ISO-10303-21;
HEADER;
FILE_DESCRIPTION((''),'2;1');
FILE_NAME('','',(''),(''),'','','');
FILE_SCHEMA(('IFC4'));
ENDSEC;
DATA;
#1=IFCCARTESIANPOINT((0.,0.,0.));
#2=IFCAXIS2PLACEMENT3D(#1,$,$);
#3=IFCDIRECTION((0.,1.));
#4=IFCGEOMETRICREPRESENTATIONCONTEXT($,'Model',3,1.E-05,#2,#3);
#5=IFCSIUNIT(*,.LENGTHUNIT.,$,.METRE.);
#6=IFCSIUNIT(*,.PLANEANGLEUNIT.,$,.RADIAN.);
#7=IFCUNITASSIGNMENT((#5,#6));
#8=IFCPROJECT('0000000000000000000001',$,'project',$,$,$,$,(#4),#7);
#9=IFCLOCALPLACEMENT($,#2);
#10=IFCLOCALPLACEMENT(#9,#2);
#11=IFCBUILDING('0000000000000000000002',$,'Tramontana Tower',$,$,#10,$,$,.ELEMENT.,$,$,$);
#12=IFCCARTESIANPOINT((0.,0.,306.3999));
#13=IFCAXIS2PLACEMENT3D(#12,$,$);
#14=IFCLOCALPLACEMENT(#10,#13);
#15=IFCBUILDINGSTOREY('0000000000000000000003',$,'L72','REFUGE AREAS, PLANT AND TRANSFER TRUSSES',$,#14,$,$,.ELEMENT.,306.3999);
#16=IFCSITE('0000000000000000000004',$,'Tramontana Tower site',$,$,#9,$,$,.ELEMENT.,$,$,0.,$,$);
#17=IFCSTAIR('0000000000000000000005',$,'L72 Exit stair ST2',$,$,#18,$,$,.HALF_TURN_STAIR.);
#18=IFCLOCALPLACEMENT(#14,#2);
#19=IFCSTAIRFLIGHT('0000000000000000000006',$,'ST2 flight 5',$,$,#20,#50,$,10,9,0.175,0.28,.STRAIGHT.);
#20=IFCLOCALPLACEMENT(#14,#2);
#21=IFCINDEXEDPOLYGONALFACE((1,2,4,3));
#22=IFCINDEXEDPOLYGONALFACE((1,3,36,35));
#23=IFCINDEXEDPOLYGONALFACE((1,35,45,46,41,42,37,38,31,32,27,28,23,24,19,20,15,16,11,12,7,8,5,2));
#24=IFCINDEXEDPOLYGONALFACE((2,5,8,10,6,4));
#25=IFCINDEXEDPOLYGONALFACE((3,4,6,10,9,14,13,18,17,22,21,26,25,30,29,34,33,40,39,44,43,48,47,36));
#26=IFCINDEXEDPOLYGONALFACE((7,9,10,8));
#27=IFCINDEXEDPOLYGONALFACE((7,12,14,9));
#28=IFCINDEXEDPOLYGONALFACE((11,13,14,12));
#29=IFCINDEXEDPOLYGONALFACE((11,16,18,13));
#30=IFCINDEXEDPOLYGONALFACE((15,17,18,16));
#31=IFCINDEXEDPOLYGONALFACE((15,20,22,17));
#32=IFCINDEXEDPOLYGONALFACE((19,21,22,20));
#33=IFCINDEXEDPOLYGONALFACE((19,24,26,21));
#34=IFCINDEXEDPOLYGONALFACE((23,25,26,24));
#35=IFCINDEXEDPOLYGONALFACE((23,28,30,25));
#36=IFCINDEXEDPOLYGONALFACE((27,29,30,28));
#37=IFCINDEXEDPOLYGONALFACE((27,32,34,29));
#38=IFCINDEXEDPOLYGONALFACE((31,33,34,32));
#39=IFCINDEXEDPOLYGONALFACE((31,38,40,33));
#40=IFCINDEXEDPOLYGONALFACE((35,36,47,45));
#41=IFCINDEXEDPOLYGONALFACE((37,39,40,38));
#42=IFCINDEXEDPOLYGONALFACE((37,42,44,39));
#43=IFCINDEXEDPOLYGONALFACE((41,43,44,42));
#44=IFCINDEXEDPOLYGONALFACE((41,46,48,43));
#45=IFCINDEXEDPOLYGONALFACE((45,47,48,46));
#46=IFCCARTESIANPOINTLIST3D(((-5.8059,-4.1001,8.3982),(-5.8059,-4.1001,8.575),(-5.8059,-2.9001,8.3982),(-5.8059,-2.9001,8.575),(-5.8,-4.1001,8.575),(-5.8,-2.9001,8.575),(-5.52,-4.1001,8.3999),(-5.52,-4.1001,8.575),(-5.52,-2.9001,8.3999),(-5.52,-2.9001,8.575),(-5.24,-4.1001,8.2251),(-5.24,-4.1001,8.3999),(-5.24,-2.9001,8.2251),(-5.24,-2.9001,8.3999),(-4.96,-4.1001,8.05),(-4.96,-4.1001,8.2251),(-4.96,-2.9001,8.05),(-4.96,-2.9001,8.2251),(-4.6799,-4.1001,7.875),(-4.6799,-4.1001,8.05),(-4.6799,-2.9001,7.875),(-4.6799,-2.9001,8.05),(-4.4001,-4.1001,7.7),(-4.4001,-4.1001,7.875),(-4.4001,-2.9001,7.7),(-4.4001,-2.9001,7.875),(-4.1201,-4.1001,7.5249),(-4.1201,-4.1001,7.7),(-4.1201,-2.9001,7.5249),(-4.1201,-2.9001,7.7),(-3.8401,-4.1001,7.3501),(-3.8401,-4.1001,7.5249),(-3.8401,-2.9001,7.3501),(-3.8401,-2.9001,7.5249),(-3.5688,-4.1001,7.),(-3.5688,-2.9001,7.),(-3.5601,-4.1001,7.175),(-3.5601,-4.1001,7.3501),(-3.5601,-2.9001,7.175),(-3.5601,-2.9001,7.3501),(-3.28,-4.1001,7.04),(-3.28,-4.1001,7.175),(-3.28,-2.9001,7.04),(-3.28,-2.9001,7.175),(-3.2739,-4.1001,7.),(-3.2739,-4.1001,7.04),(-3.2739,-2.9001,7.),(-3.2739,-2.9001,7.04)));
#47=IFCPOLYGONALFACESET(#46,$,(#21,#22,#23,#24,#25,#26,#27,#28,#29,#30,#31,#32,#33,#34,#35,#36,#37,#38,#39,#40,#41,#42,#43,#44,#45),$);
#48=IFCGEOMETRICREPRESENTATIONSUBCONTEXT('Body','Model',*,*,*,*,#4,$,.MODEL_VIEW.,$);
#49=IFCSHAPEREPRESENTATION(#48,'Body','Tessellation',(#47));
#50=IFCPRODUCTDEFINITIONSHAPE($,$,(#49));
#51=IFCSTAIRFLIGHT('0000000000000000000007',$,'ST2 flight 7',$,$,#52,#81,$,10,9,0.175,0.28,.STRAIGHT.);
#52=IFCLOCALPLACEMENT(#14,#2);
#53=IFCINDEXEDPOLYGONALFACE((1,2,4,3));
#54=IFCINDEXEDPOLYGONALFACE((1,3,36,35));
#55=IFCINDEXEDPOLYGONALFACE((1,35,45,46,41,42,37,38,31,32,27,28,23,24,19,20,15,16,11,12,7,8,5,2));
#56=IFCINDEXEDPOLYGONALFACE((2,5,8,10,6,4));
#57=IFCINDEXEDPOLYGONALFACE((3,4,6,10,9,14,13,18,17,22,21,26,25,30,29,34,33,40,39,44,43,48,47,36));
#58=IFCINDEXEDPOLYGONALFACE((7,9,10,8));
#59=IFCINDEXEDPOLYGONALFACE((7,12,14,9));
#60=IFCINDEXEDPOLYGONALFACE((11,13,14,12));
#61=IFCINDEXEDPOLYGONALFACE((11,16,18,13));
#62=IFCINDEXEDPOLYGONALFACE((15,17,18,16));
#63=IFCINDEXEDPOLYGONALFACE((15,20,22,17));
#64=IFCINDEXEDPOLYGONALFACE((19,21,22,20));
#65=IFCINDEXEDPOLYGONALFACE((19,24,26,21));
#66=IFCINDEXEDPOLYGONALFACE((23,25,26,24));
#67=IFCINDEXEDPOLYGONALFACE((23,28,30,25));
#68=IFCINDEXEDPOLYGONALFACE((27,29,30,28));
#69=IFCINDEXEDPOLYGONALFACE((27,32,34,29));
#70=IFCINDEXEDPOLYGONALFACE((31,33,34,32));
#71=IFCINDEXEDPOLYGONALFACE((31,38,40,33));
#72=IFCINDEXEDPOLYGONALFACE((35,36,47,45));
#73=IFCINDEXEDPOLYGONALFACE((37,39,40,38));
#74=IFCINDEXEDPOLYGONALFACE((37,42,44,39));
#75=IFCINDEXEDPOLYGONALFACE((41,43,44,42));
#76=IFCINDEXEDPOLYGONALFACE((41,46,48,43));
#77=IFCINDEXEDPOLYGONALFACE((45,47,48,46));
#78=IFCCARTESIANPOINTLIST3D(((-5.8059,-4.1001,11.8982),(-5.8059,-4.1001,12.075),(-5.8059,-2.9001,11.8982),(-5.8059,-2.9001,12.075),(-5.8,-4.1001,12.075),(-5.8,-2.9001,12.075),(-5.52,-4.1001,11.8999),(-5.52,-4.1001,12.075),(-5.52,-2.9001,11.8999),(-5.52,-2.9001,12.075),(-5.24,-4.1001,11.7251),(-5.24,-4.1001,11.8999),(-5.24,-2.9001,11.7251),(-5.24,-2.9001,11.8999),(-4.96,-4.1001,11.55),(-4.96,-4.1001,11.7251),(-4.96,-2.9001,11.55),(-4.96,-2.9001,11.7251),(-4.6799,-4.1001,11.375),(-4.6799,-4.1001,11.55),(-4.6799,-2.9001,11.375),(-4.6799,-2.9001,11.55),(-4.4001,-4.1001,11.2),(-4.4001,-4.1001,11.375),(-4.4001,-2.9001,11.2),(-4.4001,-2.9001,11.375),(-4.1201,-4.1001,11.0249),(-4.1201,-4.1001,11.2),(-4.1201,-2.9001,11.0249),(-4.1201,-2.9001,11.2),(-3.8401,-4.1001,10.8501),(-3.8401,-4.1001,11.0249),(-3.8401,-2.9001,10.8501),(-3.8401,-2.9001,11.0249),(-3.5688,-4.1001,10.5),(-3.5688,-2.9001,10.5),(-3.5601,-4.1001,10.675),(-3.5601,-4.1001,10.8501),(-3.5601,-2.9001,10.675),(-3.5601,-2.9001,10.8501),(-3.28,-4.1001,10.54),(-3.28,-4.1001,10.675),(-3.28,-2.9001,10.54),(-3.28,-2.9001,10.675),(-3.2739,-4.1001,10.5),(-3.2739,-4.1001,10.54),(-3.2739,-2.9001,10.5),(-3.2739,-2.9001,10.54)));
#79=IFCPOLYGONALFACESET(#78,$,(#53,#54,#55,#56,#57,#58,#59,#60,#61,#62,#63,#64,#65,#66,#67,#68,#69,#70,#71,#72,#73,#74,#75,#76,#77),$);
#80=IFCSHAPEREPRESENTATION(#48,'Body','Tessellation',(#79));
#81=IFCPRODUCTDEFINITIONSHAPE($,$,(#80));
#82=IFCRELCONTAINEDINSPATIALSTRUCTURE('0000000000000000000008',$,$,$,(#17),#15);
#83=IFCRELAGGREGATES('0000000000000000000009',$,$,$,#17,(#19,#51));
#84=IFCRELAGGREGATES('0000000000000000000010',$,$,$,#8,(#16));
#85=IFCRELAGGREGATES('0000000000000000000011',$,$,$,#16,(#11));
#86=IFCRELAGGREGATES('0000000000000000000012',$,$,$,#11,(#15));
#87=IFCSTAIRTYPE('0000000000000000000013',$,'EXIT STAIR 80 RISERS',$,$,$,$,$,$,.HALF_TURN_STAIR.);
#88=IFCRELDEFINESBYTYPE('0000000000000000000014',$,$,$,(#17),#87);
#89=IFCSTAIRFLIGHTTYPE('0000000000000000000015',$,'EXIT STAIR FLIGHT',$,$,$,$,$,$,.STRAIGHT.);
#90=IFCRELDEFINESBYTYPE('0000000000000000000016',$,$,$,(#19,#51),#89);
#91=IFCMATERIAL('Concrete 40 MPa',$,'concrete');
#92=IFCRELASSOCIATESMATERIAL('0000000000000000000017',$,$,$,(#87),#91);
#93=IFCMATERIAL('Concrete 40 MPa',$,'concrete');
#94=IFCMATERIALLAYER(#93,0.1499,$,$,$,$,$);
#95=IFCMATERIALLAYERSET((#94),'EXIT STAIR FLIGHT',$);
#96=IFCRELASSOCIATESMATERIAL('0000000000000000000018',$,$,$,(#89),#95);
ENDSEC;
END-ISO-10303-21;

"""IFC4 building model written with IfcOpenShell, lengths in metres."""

from ifc_helpers import new_model, si_unit, direction, frame, origin, place, context, subcontext, project, spatial, polyline, outline, extrude, material, layer, layer_set, type_object, element, aggregate, save


model = new_model("IFC4")

# Units and contexts
model_context = context("Model", 3, precision=1e-05, world=origin(), true_north=direction((0.0, 1.0)))
body_context = subcontext(model_context, "Body", "Model", "MODEL_VIEW")
ifc_project = project(units=[si_unit("LENGTHUNIT", "METRE"), si_unit("PLANEANGLEUNIT", "RADIAN")], contexts=[model_context])

# Site, building, storey
site_placement = place(None, origin())
site = spatial("IfcSite", under=ifc_project, at=site_placement, Name="Tramontana Tower site", CompositionType="ELEMENT", RefElevation=0.0)
building_placement = place(site_placement, origin())
building = spatial("IfcBuilding", under=site, at=building_placement, Name="Tramontana Tower", CompositionType="ELEMENT")
storey_placement = place(building_placement, frame((0.0, 0.0, 306.3999)))
storey = spatial("IfcBuildingStorey", under=building, at=storey_placement, Name="L72", Description="REFUGE AREAS, PLANT AND TRANSFER TRUSSES", CompositionType="ELEMENT", Elevation=306.3999)

# Stair, stair flights
ifc_material_1 = material(Name="Concrete 40 MPa", Category="concrete")
stair_type = type_object("IfcStairType", Name="EXIT STAIR 80 RISERS", PredefinedType="HALF_TURN_STAIR", material=ifc_material_1)
stair_placement = place(storey_placement, origin())
stair = element("IfcStair", 1, at=stair_placement, inside=storey, type_object=stair_type, Name="L72 Exit stair ST2", PredefinedType="HALF_TURN_STAIR")
ifc_material_2 = material(Name="Concrete 40 MPa", Category="concrete")
ifc_layer_1 = layer(ifc_material_2, 0.1499)
ifc_layer_set_1 = layer_set([ifc_layer_1], Name="EXIT STAIR FLIGHT")
stair_flight_type = type_object("IfcStairFlightType", Name="EXIT STAIR FLIGHT", PredefinedType="STRAIGHT", material=ifc_layer_set_1)
stair_flight_1_placement = place(storey_placement, frame((-3.28, -3.5, 7.0), z_axis=(0.0, 0.0, 1.0), x_axis=(-1.0, 0.0, 0.0)))
stair_flight_1 = element("IfcStairFlight", 2, at=stair_flight_1_placement, type_object=stair_flight_type, Name="ST2 flight 5", NumberOfRisers=10, NumberOfTreads=9, PredefinedType="STRAIGHT", RiserHeight=0.175, TreadLength=0.28, context=body_context, shape_type="SweptSolid", body=[
    extrude(outline(polyline([(-0.0061, 0.0), (-0.0061, 0.04), (0.0, 0.04), (0.0, 0.175), (0.28, 0.175), (0.28, 0.3501), (0.5601, 0.3501), (0.5601, 0.5249), (0.8401, 0.5249), (0.8401, 0.7), (1.1201, 0.7), (1.1201, 0.875), (1.3999, 0.875), (1.3999, 1.05), (1.6799, 1.05), (1.6799, 1.2251), (1.96, 1.2251), (1.96, 1.3999), (2.24, 1.3999), (2.24, 1.575), (2.52, 1.575), (2.5259, 1.575), (2.5259, 1.3982), (0.2888, 0.0), (-0.0061, 0.0)])), frame((0.0, 0.6001, 0.0), z_axis=(0.0, -1.0, 0.0), x_axis=(1.0, 0.0, 0.0)), (0.0, 0.0, 1.0), 1.2),
])
stair_flight_2_placement = place(storey_placement, frame((-3.28, -3.5, 10.5), z_axis=(0.0, 0.0, 1.0), x_axis=(-1.0, 0.0, 0.0)))
stair_flight_2 = element("IfcStairFlight", 3, at=stair_flight_2_placement, type_object=stair_flight_type, Name="ST2 flight 7", NumberOfRisers=10, NumberOfTreads=9, PredefinedType="STRAIGHT", RiserHeight=0.175, TreadLength=0.28, context=body_context, shape_type="SweptSolid", body=[
    extrude(outline(polyline([(-0.0061, 0.0), (-0.0061, 0.04), (0.0, 0.04), (0.0, 0.175), (0.28, 0.175), (0.28, 0.3501), (0.5601, 0.3501), (0.5601, 0.5249), (0.8401, 0.5249), (0.8401, 0.7), (1.1201, 0.7), (1.1201, 0.875), (1.3999, 0.875), (1.3999, 1.05), (1.6799, 1.05), (1.6799, 1.2251), (1.96, 1.2251), (1.96, 1.3999), (2.24, 1.3999), (2.24, 1.575), (2.52, 1.575), (2.5259, 1.575), (2.5259, 1.3982), (0.2888, 0.0), (-0.0061, 0.0)])), frame((0.0, 0.6001, 0.0), z_axis=(0.0, -1.0, 0.0), x_axis=(1.0, 0.0, 0.0)), (0.0, 0.0, 1.0), 1.2),
])
aggregate(stair, [stair_flight_1, stair_flight_2])

save(model, "model.ifc")
